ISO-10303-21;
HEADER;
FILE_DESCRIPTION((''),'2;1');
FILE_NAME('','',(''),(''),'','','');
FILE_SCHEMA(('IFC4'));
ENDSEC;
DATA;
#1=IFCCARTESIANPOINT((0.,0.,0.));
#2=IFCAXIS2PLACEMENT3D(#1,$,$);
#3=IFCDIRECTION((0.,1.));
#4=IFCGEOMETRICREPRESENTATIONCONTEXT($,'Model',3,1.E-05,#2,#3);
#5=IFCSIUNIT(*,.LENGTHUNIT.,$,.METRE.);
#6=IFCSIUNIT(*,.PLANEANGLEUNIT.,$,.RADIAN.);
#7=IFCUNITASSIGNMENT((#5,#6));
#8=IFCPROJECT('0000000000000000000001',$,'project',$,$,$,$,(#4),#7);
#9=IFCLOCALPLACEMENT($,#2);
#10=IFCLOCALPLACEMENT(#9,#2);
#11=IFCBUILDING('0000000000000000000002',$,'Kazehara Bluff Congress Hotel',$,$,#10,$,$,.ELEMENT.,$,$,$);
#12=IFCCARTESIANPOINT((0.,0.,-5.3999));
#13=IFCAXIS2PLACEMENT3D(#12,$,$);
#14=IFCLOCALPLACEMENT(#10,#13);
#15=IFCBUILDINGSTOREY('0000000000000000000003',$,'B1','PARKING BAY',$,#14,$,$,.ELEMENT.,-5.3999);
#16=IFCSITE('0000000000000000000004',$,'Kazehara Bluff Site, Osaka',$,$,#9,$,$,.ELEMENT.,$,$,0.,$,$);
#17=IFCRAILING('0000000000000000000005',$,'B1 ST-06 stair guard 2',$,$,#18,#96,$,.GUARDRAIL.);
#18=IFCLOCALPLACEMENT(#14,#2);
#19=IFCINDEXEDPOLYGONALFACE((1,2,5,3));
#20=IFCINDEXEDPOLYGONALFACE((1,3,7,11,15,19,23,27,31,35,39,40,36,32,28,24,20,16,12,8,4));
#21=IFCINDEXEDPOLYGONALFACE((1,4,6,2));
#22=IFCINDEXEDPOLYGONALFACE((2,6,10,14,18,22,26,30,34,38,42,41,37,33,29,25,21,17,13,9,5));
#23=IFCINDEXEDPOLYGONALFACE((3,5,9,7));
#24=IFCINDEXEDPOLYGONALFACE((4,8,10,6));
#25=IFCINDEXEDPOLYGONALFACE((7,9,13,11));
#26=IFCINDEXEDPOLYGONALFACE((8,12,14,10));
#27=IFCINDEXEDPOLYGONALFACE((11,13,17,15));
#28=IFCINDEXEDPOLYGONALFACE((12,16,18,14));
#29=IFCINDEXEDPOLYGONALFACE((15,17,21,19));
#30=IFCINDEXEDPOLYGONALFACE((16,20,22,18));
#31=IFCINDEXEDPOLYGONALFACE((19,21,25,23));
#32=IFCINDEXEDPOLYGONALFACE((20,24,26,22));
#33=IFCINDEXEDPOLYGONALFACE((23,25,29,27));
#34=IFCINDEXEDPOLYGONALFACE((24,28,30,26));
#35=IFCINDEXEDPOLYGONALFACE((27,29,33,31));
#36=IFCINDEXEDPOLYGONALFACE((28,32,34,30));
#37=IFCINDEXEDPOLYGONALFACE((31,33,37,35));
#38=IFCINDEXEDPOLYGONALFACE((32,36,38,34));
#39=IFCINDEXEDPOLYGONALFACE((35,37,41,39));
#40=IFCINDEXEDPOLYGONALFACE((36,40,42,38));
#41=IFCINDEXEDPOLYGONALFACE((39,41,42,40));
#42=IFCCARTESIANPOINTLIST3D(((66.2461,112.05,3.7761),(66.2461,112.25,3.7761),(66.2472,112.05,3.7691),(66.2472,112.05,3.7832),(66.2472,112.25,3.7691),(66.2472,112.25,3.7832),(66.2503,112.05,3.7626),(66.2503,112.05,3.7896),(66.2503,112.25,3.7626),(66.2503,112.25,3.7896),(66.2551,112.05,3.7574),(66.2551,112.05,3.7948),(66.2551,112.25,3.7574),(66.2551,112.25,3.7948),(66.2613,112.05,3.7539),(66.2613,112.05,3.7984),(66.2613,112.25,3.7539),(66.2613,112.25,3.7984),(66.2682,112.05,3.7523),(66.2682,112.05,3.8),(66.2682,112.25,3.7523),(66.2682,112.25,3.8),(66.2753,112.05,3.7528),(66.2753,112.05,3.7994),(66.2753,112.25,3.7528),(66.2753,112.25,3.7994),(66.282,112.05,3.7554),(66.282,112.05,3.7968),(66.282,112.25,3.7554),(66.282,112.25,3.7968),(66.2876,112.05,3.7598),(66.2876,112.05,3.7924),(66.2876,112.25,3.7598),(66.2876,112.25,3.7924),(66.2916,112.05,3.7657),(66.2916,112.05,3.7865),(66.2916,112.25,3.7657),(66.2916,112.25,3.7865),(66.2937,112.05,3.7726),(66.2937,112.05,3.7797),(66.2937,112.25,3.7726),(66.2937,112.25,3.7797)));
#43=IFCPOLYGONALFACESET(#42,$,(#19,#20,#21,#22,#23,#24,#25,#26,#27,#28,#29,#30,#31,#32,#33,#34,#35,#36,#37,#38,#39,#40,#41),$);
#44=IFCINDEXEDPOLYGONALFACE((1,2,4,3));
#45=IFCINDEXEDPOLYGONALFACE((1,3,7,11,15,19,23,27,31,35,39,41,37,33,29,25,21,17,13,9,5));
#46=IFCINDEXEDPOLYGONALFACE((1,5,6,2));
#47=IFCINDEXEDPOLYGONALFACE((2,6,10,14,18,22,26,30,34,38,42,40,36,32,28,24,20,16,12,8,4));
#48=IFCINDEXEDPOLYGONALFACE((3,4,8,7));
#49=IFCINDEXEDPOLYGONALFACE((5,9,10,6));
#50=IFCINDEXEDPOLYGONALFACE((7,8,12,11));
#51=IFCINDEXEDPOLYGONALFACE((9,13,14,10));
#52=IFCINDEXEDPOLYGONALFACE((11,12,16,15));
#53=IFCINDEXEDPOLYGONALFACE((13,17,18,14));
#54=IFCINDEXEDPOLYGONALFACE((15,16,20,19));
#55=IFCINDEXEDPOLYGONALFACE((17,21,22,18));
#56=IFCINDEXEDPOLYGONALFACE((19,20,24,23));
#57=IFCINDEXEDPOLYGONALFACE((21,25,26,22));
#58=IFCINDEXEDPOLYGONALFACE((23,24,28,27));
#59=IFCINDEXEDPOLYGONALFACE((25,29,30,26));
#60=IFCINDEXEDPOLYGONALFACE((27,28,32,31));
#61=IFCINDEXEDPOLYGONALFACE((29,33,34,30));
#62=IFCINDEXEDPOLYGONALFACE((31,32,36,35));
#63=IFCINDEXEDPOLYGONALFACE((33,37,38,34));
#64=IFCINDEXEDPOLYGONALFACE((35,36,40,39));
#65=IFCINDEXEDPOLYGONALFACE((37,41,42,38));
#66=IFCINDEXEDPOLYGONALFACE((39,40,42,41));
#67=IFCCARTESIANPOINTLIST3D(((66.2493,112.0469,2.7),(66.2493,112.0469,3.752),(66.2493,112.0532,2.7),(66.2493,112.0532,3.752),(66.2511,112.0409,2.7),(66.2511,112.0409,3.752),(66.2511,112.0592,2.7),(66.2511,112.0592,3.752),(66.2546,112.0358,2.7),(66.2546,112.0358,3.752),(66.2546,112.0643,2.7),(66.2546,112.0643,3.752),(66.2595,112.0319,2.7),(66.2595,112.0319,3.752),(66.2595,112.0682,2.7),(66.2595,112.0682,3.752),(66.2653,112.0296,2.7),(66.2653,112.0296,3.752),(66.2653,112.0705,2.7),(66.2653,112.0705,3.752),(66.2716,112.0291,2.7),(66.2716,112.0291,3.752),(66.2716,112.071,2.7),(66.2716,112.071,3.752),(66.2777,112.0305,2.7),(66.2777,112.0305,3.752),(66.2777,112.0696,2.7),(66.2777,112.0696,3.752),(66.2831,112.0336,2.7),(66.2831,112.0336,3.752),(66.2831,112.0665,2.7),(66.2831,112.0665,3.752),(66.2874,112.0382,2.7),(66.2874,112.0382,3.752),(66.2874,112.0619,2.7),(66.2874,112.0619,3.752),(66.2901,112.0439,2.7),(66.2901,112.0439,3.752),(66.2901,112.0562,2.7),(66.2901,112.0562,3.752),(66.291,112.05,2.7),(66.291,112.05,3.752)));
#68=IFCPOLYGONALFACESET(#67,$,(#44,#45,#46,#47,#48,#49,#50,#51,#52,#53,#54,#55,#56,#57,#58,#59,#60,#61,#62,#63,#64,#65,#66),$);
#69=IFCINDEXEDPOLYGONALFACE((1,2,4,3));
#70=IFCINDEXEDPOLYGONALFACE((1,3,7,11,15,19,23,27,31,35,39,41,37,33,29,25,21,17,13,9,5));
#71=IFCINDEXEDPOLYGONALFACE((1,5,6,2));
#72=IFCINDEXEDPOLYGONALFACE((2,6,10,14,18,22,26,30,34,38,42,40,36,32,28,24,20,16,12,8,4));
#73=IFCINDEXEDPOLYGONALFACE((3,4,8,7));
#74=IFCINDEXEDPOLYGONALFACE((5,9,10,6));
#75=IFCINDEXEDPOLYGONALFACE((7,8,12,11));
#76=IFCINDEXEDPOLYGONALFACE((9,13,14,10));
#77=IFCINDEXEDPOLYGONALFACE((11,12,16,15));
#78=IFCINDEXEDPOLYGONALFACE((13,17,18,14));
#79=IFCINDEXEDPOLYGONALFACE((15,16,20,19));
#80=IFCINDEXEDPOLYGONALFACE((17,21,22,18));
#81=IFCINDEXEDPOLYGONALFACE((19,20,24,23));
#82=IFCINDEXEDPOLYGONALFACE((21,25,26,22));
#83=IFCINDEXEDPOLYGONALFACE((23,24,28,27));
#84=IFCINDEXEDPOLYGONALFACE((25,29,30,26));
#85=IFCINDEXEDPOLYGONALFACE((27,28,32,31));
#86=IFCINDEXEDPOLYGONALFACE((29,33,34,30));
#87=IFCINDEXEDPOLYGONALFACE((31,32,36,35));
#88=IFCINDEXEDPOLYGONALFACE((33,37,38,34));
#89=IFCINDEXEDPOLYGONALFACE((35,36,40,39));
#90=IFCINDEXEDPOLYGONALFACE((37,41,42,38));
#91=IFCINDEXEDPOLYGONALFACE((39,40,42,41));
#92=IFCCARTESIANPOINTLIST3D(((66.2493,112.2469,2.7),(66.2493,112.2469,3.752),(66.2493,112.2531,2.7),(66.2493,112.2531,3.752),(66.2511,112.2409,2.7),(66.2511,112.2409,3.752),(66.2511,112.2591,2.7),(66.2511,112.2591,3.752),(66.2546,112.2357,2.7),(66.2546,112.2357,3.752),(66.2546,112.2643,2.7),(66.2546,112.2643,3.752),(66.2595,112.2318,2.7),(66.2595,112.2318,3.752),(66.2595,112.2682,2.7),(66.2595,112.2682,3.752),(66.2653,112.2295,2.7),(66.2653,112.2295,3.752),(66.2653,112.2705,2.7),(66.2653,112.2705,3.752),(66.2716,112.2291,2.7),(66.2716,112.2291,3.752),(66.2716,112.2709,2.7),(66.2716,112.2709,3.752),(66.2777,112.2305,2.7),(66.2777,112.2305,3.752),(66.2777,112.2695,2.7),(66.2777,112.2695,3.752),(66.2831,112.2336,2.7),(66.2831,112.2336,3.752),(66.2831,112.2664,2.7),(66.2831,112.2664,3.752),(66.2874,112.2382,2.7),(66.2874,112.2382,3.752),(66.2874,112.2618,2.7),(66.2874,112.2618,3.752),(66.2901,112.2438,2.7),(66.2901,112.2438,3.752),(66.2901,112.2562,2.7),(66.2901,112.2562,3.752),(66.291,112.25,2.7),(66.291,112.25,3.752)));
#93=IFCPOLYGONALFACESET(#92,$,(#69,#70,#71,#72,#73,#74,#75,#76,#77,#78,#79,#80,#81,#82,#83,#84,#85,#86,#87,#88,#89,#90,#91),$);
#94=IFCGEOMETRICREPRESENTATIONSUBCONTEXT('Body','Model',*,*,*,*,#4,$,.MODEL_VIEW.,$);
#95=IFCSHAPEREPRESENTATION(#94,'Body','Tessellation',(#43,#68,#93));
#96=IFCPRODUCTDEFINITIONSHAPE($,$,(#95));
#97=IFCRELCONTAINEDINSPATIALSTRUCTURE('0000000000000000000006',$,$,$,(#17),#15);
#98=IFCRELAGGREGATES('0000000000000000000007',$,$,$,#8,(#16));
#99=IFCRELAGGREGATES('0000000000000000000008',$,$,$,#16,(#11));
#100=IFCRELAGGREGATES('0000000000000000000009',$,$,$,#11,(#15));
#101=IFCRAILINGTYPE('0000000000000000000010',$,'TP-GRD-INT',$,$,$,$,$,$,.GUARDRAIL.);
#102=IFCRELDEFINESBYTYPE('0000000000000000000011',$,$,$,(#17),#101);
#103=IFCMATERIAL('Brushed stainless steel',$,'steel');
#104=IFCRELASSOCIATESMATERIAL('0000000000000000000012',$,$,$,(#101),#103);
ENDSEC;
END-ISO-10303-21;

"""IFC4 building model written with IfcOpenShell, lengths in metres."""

from ifc_helpers import new_model, si_unit, direction, frame, origin, origin_2d, place, context, subcontext, project, spatial, circle, extrude, material, type_object, element, save


model = new_model("IFC4")

# Units and contexts
model_context = context("Model", 3, precision=1e-05, world=origin(), true_north=direction((0.0, 1.0)))
body_context = subcontext(model_context, "Body", "Model", "MODEL_VIEW")
ifc_project = project(units=[si_unit("LENGTHUNIT", "METRE"), si_unit("PLANEANGLEUNIT", "RADIAN")], contexts=[model_context])

# Site, building, storey
site_placement = place(None, origin())
site = spatial("IfcSite", under=ifc_project, at=site_placement, Name="Kazehara Bluff Site, Osaka", CompositionType="ELEMENT", RefElevation=0.0)
building_placement = place(site_placement, origin())
building = spatial("IfcBuilding", under=site, at=building_placement, Name="Kazehara Bluff Congress Hotel", CompositionType="ELEMENT")
storey_placement = place(building_placement, frame((0.0, 0.0, -5.3999)))
storey = spatial("IfcBuildingStorey", under=building, at=storey_placement, Name="B1", Description="PARKING BAY", CompositionType="ELEMENT", Elevation=-5.3999)

# Railing
ifc_material_1 = material(Name="Brushed stainless steel", Category="steel")
railing_type_1 = type_object("IfcRailingType", Name="TP-GRD-INT", PredefinedType="GUARDRAIL", material=ifc_material_1)
railing_1_placement = place(storey_placement, frame((66.27, 112.05, 2.7)))
element("IfcRailing", 1, at=railing_1_placement, inside=storey, type_object=railing_type_1, Name="B1 ST-06 stair guard 2", PredefinedType="GUARDRAIL", context=body_context, shape_type="SweptSolid", body=[
    extrude(circle(Radius=0.0239, at=origin_2d()), frame((0.0, 0.0, 1.0762), z_axis=(0.0, 1.0, 0.0), x_axis=(-1.0, 0.0, 0.0)), (0.0, 0.0, 1.0), 0.2),
    extrude(circle(Radius=0.021, at=origin_2d()), origin(), (0.0, 0.0, 1.0), 1.052),
    extrude(circle(Radius=0.021, at=origin_2d()), frame((0.0, 0.2, 0.0)), (0.0, 0.0, 1.0), 1.052),
])

save(model, "model.ifc")
